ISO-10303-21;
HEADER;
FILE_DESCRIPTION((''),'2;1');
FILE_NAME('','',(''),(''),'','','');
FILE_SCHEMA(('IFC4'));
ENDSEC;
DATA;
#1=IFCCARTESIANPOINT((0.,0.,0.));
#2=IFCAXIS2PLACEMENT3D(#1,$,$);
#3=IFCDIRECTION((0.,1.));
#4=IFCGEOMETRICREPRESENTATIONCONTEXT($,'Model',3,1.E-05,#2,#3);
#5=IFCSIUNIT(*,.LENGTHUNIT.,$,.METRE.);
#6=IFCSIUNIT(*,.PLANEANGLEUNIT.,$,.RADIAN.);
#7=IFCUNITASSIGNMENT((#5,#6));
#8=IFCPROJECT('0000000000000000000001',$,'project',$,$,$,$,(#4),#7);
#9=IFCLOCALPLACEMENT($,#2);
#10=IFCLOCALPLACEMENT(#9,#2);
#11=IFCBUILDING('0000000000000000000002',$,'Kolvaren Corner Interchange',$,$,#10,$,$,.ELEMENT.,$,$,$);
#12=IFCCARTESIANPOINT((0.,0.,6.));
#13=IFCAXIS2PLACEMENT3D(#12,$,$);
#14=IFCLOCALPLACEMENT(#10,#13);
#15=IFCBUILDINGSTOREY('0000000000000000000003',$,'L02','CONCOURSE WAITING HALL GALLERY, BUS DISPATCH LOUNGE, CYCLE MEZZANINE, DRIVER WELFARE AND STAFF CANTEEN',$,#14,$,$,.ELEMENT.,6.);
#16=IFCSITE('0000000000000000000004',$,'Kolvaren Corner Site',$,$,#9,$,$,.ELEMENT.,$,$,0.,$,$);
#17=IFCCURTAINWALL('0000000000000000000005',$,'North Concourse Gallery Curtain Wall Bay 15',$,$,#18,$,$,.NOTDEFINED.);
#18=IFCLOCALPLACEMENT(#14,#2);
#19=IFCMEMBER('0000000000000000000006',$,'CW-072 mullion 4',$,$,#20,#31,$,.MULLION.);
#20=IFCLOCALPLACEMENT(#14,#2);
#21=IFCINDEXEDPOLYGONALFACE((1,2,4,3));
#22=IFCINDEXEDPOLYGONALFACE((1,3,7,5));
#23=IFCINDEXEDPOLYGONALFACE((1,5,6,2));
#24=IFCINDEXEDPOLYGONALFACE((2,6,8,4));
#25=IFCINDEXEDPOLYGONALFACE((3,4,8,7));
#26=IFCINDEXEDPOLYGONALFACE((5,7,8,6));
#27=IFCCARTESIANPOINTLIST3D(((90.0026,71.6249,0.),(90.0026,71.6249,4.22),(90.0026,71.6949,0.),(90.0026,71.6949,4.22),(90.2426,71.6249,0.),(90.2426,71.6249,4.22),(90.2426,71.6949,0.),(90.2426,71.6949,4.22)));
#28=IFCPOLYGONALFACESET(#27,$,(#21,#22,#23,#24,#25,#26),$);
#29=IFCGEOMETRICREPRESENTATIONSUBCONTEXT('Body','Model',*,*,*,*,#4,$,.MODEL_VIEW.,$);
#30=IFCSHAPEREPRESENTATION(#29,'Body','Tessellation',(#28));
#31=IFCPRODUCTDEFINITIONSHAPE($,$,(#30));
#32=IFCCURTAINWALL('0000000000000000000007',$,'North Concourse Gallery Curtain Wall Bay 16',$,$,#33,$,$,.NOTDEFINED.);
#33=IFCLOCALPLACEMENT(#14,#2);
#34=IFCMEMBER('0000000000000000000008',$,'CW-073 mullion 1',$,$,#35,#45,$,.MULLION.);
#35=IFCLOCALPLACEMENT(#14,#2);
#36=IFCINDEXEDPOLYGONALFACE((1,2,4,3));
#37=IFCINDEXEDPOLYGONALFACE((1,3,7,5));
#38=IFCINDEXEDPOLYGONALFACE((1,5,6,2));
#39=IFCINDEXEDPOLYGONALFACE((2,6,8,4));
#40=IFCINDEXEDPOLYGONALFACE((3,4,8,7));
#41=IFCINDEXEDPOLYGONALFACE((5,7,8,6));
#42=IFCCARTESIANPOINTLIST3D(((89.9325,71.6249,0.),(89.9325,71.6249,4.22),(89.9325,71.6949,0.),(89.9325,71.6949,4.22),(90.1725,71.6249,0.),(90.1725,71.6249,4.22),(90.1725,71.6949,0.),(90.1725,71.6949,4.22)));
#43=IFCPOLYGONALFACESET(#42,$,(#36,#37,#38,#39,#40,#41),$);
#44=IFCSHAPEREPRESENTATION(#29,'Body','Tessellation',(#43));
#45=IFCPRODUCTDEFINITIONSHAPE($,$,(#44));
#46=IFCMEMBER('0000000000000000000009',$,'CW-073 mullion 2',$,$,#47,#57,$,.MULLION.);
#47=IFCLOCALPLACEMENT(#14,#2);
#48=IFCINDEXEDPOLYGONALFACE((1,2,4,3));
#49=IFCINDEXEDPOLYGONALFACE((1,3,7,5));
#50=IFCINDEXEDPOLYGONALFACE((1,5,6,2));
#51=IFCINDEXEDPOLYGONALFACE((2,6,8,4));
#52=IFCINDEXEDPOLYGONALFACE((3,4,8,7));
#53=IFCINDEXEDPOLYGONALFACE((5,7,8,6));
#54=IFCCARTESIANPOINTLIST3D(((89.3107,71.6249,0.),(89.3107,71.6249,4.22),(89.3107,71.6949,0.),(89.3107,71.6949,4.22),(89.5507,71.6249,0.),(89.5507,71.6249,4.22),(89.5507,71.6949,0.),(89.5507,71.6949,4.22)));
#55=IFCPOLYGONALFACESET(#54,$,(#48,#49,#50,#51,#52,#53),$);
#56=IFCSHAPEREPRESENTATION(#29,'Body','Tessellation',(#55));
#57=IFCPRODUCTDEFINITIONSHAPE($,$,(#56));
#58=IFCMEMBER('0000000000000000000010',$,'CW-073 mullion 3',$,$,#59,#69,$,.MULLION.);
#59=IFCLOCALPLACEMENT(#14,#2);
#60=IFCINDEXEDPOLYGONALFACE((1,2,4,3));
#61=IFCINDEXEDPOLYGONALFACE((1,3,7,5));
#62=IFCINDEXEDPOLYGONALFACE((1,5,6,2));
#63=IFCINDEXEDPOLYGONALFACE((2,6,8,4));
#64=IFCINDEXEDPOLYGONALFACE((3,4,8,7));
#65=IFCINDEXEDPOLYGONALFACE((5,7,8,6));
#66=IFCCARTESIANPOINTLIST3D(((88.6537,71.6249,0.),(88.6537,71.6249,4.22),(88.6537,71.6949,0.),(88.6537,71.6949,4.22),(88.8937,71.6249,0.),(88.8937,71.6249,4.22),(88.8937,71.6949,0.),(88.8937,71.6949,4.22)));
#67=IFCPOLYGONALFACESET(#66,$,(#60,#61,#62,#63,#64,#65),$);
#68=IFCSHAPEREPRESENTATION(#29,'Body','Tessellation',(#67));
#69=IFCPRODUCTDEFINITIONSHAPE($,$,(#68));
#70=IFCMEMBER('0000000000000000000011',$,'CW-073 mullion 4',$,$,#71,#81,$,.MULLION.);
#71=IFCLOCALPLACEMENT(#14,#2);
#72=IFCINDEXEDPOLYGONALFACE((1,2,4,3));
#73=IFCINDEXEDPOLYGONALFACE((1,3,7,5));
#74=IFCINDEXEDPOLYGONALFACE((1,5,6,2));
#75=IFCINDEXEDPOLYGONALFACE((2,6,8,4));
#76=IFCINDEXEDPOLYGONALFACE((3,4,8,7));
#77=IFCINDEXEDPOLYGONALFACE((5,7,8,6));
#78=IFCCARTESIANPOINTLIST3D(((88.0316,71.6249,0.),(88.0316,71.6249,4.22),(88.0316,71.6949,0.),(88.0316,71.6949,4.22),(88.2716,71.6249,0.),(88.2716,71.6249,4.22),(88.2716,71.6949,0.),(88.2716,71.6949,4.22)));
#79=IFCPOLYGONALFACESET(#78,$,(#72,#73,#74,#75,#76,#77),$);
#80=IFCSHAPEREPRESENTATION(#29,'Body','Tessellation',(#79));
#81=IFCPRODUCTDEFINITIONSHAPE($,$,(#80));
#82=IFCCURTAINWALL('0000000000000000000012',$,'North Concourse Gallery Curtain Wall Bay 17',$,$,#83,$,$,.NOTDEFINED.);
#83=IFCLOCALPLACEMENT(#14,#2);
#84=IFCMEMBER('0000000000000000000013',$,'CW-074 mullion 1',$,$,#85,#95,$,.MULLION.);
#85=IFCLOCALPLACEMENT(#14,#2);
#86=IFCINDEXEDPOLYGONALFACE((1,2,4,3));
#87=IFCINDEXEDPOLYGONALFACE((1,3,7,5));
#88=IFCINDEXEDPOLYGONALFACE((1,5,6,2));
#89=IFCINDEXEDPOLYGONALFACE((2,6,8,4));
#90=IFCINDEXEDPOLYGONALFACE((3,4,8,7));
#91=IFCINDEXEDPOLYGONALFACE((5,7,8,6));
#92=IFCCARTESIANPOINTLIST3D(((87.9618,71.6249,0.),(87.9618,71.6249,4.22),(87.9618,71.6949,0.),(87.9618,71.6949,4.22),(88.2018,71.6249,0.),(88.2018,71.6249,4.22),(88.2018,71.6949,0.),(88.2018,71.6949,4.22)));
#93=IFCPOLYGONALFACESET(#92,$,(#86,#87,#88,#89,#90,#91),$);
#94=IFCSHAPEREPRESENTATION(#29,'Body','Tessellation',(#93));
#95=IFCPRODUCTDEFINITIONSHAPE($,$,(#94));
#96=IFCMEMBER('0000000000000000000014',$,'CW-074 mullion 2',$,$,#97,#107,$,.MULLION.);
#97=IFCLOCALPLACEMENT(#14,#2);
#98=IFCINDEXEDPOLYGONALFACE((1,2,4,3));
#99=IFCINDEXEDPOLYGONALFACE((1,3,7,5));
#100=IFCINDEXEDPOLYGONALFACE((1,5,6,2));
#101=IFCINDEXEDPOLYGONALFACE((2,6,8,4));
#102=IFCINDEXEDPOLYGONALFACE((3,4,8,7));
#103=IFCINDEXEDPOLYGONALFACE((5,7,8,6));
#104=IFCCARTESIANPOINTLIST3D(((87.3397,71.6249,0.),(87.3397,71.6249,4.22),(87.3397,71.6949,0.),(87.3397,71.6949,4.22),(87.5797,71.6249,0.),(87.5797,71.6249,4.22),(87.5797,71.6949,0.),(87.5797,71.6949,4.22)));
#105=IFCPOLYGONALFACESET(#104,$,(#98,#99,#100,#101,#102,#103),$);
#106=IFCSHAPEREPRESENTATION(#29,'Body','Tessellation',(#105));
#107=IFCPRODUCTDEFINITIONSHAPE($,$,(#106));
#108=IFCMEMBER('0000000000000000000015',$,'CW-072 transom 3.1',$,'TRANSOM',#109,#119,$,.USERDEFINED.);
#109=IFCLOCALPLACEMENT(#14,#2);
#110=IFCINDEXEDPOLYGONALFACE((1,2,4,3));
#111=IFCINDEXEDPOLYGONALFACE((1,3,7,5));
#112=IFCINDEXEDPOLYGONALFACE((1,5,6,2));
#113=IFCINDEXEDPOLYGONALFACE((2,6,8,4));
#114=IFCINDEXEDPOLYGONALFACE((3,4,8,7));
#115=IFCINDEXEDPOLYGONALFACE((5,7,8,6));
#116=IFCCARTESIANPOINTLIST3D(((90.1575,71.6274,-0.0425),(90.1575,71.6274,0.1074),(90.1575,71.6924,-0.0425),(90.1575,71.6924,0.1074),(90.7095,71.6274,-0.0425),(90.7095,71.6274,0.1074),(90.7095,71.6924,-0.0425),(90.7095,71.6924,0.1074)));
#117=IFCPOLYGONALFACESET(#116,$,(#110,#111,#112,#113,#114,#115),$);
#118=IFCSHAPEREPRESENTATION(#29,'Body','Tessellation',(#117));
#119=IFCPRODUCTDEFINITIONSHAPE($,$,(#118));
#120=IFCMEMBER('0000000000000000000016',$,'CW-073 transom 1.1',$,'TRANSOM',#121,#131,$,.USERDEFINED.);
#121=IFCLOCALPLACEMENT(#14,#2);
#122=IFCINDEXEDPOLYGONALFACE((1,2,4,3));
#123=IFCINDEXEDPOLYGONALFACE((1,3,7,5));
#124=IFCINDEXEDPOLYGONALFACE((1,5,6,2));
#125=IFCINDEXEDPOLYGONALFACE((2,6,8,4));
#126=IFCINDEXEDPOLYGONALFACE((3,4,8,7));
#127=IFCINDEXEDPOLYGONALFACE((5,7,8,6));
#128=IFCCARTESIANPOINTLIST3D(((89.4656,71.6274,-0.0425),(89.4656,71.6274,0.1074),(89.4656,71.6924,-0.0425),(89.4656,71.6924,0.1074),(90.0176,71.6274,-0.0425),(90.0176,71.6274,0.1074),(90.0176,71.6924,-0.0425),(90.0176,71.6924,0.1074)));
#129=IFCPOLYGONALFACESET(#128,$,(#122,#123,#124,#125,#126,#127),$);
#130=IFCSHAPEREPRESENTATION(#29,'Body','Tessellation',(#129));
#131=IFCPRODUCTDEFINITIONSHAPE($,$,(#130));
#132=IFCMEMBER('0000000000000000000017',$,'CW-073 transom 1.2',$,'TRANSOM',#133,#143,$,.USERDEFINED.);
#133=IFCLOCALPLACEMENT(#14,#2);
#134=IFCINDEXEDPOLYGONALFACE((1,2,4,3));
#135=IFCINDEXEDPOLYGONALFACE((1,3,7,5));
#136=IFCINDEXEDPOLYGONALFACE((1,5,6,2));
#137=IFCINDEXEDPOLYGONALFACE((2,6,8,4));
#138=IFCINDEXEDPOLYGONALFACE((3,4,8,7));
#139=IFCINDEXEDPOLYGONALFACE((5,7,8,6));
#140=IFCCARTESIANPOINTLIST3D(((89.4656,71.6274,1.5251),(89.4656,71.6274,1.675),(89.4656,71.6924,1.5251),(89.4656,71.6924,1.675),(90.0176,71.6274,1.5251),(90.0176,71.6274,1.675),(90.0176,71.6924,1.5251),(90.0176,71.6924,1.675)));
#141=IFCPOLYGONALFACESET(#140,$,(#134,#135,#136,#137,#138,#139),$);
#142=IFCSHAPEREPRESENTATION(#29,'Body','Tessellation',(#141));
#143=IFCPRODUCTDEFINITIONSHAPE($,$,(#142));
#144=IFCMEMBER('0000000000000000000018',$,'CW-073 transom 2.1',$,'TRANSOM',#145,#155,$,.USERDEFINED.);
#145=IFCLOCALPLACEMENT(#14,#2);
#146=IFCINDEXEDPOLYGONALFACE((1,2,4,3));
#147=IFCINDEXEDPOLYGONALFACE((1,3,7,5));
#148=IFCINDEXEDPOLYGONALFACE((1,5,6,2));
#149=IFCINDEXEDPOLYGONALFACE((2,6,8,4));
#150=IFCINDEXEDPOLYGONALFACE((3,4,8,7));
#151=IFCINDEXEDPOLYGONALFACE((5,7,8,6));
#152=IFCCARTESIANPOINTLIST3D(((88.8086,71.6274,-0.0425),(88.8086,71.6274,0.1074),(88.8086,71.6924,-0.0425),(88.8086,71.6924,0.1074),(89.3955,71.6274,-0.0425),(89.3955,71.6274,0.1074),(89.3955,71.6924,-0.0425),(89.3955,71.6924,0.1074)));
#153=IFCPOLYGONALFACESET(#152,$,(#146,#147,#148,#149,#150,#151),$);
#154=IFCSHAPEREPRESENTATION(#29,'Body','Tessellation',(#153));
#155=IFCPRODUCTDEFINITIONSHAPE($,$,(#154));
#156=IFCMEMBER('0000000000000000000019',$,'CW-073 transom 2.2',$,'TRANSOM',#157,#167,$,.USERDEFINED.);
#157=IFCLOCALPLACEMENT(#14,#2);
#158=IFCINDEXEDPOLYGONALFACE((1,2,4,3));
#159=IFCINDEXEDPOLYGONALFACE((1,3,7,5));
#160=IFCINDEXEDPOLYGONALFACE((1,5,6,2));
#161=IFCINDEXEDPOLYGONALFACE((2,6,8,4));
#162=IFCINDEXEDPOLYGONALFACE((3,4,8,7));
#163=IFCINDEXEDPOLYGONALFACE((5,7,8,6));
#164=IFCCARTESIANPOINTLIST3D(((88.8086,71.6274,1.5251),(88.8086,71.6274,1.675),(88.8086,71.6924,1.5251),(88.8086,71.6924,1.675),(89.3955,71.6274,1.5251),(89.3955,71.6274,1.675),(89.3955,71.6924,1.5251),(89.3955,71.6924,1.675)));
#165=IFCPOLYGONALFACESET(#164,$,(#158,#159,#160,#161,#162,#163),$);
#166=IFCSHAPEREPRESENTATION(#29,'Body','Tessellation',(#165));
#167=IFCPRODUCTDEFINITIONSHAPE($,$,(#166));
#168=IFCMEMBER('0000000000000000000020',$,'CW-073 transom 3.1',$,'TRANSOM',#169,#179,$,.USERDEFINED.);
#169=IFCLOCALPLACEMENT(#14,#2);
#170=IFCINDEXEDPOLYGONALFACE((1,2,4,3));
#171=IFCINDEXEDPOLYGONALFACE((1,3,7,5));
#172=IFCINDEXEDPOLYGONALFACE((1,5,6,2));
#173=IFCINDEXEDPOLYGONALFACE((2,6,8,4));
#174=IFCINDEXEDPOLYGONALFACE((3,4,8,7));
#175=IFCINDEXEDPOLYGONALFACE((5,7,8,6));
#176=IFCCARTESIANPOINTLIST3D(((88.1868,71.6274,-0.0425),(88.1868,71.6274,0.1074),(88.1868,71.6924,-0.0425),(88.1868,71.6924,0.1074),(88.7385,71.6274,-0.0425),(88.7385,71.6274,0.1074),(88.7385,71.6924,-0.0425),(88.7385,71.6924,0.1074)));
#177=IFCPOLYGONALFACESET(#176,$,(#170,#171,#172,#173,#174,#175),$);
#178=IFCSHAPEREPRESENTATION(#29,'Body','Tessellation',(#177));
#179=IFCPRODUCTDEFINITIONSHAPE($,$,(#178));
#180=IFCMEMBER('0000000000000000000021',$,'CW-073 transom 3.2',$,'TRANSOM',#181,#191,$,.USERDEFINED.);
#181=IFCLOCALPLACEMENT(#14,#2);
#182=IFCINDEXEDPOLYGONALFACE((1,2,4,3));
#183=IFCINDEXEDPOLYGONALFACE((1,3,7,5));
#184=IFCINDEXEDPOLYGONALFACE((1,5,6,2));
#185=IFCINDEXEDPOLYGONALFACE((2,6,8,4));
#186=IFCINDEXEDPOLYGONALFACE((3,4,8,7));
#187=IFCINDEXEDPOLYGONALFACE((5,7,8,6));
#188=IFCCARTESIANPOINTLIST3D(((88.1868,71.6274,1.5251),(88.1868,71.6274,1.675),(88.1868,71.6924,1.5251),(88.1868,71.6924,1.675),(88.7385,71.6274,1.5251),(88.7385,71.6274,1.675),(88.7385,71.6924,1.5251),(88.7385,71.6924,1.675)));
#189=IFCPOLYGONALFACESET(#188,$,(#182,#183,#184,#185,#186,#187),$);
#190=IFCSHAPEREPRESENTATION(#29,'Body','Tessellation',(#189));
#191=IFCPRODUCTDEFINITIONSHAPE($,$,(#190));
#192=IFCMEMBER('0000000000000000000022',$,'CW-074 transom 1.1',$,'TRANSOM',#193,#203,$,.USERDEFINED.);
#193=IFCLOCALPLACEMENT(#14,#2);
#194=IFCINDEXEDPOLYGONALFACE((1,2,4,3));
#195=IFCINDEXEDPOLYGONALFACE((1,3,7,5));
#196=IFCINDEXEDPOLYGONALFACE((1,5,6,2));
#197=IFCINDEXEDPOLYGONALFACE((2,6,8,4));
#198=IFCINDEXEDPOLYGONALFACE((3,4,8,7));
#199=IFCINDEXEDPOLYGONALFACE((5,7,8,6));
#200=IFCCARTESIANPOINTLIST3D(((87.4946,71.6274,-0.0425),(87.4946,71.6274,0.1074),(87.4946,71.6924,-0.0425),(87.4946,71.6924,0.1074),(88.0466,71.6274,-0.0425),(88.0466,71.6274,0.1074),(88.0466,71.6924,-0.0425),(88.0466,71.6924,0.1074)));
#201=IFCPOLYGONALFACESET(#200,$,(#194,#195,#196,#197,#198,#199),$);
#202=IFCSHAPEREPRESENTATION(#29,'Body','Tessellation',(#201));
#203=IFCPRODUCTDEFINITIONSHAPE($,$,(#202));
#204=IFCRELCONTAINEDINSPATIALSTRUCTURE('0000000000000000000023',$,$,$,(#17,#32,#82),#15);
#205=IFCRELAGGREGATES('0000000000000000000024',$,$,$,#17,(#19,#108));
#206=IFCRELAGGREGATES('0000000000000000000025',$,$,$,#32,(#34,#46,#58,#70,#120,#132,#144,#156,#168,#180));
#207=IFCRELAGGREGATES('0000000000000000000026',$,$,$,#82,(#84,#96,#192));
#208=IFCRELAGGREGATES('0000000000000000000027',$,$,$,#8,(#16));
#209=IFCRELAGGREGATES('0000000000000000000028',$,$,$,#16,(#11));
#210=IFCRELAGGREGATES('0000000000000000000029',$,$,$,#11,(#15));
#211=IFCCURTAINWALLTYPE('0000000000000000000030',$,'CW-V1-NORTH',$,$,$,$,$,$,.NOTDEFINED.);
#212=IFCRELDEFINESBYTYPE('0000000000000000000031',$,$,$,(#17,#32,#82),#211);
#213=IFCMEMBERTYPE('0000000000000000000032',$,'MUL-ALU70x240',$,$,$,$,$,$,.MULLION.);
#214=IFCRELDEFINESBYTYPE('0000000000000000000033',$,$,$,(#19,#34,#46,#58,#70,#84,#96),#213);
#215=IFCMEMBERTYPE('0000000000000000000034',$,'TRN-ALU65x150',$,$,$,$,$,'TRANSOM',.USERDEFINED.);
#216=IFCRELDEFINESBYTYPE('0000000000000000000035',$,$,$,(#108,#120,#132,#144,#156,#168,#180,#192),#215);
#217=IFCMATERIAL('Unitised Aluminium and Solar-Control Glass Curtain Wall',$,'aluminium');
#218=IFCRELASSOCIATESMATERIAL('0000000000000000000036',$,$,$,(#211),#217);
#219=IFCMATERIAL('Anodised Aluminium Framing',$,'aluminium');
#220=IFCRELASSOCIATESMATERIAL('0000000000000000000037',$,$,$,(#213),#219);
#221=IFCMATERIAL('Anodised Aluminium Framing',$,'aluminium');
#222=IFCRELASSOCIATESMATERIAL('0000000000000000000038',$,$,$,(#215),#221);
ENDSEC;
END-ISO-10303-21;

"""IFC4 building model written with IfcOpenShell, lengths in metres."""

from ifc_helpers import new_model, si_unit, direction, frame, origin, origin_2d, place, context, subcontext, project, spatial, rectangle, extrude, material, material_profile, profile_set, type_object, element, aggregate, save


model = new_model("IFC4")

# Units and contexts
model_context = context("Model", 3, precision=1e-05, world=origin(), true_north=direction((0.0, 1.0)))
body_context = subcontext(model_context, "Body", "Model", "MODEL_VIEW")
ifc_project = project(units=[si_unit("LENGTHUNIT", "METRE"), si_unit("PLANEANGLEUNIT", "RADIAN")], contexts=[model_context])

# Site, building, storey
site_placement = place(None, origin())
site = spatial("IfcSite", under=ifc_project, at=site_placement, Name="Kolvaren Corner Site", CompositionType="ELEMENT", RefElevation=0.0)
building_placement = place(site_placement, origin())
building = spatial("IfcBuilding", under=site, at=building_placement, Name="Kolvaren Corner Interchange", CompositionType="ELEMENT")
storey_placement = place(building_placement, frame((0.0, 0.0, 6.0)))
storey = spatial("IfcBuildingStorey", under=building, at=storey_placement, Name="L02", Description="CONCOURSE WAITING HALL GALLERY, BUS DISPATCH LOUNGE, CYCLE MEZZANINE, DRIVER WELFARE AND STAFF CANTEEN", CompositionType="ELEMENT", Elevation=6.0)

# Curtain wall, member
ifc_material_1 = material(Name="Unitised Aluminium and Solar-Control Glass Curtain Wall", Category="aluminium")
curtain_wall_type = type_object("IfcCurtainWallType", Name="CW-V1-NORTH", PredefinedType="NOTDEFINED", material=ifc_material_1)
curtain_wall_1_placement = place(storey_placement, origin())
curtain_wall_1 = element("IfcCurtainWall", 1, at=curtain_wall_1_placement, inside=storey, type_object=curtain_wall_type, Name="North Concourse Gallery Curtain Wall Bay 15", PredefinedType="NOTDEFINED")
ifc_material_2 = material(Name="Anodised Aluminium Framing", Category="aluminium")
ifc_material_profile_1 = material_profile(ifc_material_2, rectangle(XDim=0.0701, YDim=0.24, at=origin_2d()), Name="ALU 70x240")
ifc_profile_set_1 = profile_set([ifc_material_profile_1], Name="Anodised Aluminium Framing")
member_type_1 = type_object("IfcMemberType", Name="MUL-ALU70x240", PredefinedType="MULLION", material=ifc_profile_set_1)
member_1_placement = place(storey_placement, frame((90.1226, 71.6599, 0.0), z_axis=(0.0, 0.0, 1.0), x_axis=(0.0, -1.0, 0.0)))
member_1 = element("IfcMember", 2, at=member_1_placement, type_object=member_type_1, Name="CW-072 mullion 4", PredefinedType="MULLION", context=body_context, shape_type="SweptSolid", body=[
    extrude(rectangle(XDim=0.0701, YDim=0.24, at=origin_2d()), origin(), (0.0, 0.0, 1.0), 4.22),
])

# Curtain walls, members
curtain_wall_2_placement = place(storey_placement, origin())
curtain_wall_2 = element("IfcCurtainWall", 3, at=curtain_wall_2_placement, inside=storey, type_object=curtain_wall_type, Name="North Concourse Gallery Curtain Wall Bay 16", PredefinedType="NOTDEFINED")
member_2_placement = place(storey_placement, frame((90.0525, 71.6599, 0.0), z_axis=(0.0, 0.0, 1.0), x_axis=(0.0, -1.0, 0.0)))
member_2 = element("IfcMember", 4, at=member_2_placement, type_object=member_type_1, Name="CW-073 mullion 1", PredefinedType="MULLION", context=body_context, shape_type="SweptSolid", body=[
    extrude(rectangle(XDim=0.0701, YDim=0.24, at=origin_2d()), origin(), (0.0, 0.0, 1.0), 4.22),
])
member_3_placement = place(storey_placement, frame((89.4307, 71.6599, 0.0), z_axis=(0.0, 0.0, 1.0), x_axis=(0.0, -1.0, 0.0)))
member_3 = element("IfcMember", 5, at=member_3_placement, type_object=member_type_1, Name="CW-073 mullion 2", PredefinedType="MULLION", context=body_context, shape_type="SweptSolid", body=[
    extrude(rectangle(XDim=0.0701, YDim=0.24, at=origin_2d()), origin(), (0.0, 0.0, 1.0), 4.22),
])
member_4_placement = place(storey_placement, frame((88.7737, 71.6599, 0.0), z_axis=(0.0, 0.0, 1.0), x_axis=(0.0, -1.0, 0.0)))
member_4 = element("IfcMember", 6, at=member_4_placement, type_object=member_type_1, Name="CW-073 mullion 3", PredefinedType="MULLION", context=body_context, shape_type="SweptSolid", body=[
    extrude(rectangle(XDim=0.0701, YDim=0.24, at=origin_2d()), origin(), (0.0, 0.0, 1.0), 4.22),
])
member_5_placement = place(storey_placement, frame((88.1516, 71.6599, 0.0), z_axis=(0.0, 0.0, 1.0), x_axis=(0.0, -1.0, 0.0)))
member_5 = element("IfcMember", 7, at=member_5_placement, type_object=member_type_1, Name="CW-073 mullion 4", PredefinedType="MULLION", context=body_context, shape_type="SweptSolid", body=[
    extrude(rectangle(XDim=0.0701, YDim=0.24, at=origin_2d()), origin(), (0.0, 0.0, 1.0), 4.22),
])
curtain_wall_3_placement = place(storey_placement, origin())
curtain_wall_3 = element("IfcCurtainWall", 8, at=curtain_wall_3_placement, inside=storey, type_object=curtain_wall_type, Name="North Concourse Gallery Curtain Wall Bay 17", PredefinedType="NOTDEFINED")
member_6_placement = place(storey_placement, frame((88.0818, 71.6599, 0.0), z_axis=(0.0, 0.0, 1.0), x_axis=(0.0, -1.0, 0.0)))
member_6 = element("IfcMember", 9, at=member_6_placement, type_object=member_type_1, Name="CW-074 mullion 1", PredefinedType="MULLION", context=body_context, shape_type="SweptSolid", body=[
    extrude(rectangle(XDim=0.0701, YDim=0.24, at=origin_2d()), origin(), (0.0, 0.0, 1.0), 4.22),
])
member_7_placement = place(storey_placement, frame((87.4597, 71.6599, 0.0), z_axis=(0.0, 0.0, 1.0), x_axis=(0.0, -1.0, 0.0)))
member_7 = element("IfcMember", 10, at=member_7_placement, type_object=member_type_1, Name="CW-074 mullion 2", PredefinedType="MULLION", context=body_context, shape_type="SweptSolid", body=[
    extrude(rectangle(XDim=0.0701, YDim=0.24, at=origin_2d()), origin(), (0.0, 0.0, 1.0), 4.22),
])

# Members
ifc_material_3 = material(Name="Anodised Aluminium Framing", Category="aluminium")
ifc_material_profile_2 = material_profile(ifc_material_3, rectangle(XDim=0.0649, YDim=0.1499, at=origin_2d()), Name="ALU 65x150")
ifc_profile_set_2 = profile_set([ifc_material_profile_2], Name="Anodised Aluminium Framing")
member_type_2 = type_object("IfcMemberType", Name="TRN-ALU65x150", ElementType="TRANSOM", PredefinedType="USERDEFINED", material=ifc_profile_set_2)
member_8_placement = place(storey_placement, frame((90.7095, 71.6599, 0.0325), z_axis=(-1.0, 0.0, 0.0), x_axis=(0.0, -1.0, 0.0)))
member_8 = element("IfcMember", 11, at=member_8_placement, type_object=member_type_2, Name="CW-072 transom 3.1", ObjectType="TRANSOM", PredefinedType="USERDEFINED", context=body_context, shape_type="SweptSolid", body=[
    extrude(rectangle(XDim=0.0649, YDim=0.1499, at=origin_2d()), origin(), (0.0, 0.0, 1.0), 0.552),
])
member_9_placement = place(storey_placement, frame((90.0176, 71.6599, 0.0325), z_axis=(-1.0, 0.0, 0.0), x_axis=(0.0, -1.0, 0.0)))
member_9 = element("IfcMember", 12, at=member_9_placement, type_object=member_type_2, Name="CW-073 transom 1.1", ObjectType="TRANSOM", PredefinedType="USERDEFINED", context=body_context, shape_type="SweptSolid", body=[
    extrude(rectangle(XDim=0.0649, YDim=0.1499, at=origin_2d()), origin(), (0.0, 0.0, 1.0), 0.552),
])
member_10_placement = place(storey_placement, frame((90.0176, 71.6599, 1.6001), z_axis=(-1.0, 0.0, 0.0), x_axis=(0.0, -1.0, 0.0)))
member_10 = element("IfcMember", 13, at=member_10_placement, type_object=member_type_2, Name="CW-073 transom 1.2", ObjectType="TRANSOM", PredefinedType="USERDEFINED", context=body_context, shape_type="SweptSolid", body=[
    extrude(rectangle(XDim=0.0649, YDim=0.1499, at=origin_2d()), origin(), (0.0, 0.0, 1.0), 0.552),
])
member_11_placement = place(storey_placement, frame((89.3955, 71.6599, 0.0325), z_axis=(-1.0, 0.0, 0.0), x_axis=(0.0, -1.0, 0.0)))
member_11 = element("IfcMember", 14, at=member_11_placement, type_object=member_type_2, Name="CW-073 transom 2.1", ObjectType="TRANSOM", PredefinedType="USERDEFINED", context=body_context, shape_type="SweptSolid", body=[
    extrude(rectangle(XDim=0.0649, YDim=0.1499, at=origin_2d()), origin(), (0.0, 0.0, 1.0), 0.5869),
])
member_12_placement = place(storey_placement, frame((89.3955, 71.6599, 1.6001), z_axis=(-1.0, 0.0, 0.0), x_axis=(0.0, -1.0, 0.0)))
member_12 = element("IfcMember", 15, at=member_12_placement, type_object=member_type_2, Name="CW-073 transom 2.2", ObjectType="TRANSOM", PredefinedType="USERDEFINED", context=body_context, shape_type="SweptSolid", body=[
    extrude(rectangle(XDim=0.0649, YDim=0.1499, at=origin_2d()), origin(), (0.0, 0.0, 1.0), 0.5869),
])
member_13_placement = place(storey_placement, frame((88.7385, 71.6599, 0.0325), z_axis=(-1.0, 0.0, 0.0), x_axis=(0.0, -1.0, 0.0)))
member_13 = element("IfcMember", 16, at=member_13_placement, type_object=member_type_2, Name="CW-073 transom 3.1", ObjectType="TRANSOM", PredefinedType="USERDEFINED", context=body_context, shape_type="SweptSolid", body=[
    extrude(rectangle(XDim=0.0649, YDim=0.1499, at=origin_2d()), origin(), (0.0, 0.0, 1.0), 0.5518),
])
member_14_placement = place(storey_placement, frame((88.7385, 71.6599, 1.6001), z_axis=(-1.0, 0.0, 0.0), x_axis=(0.0, -1.0, 0.0)))
member_14 = element("IfcMember", 17, at=member_14_placement, type_object=member_type_2, Name="CW-073 transom 3.2", ObjectType="TRANSOM", PredefinedType="USERDEFINED", context=body_context, shape_type="SweptSolid", body=[
    extrude(rectangle(XDim=0.0649, YDim=0.1499, at=origin_2d()), origin(), (0.0, 0.0, 1.0), 0.5518),
])
member_15_placement = place(storey_placement, frame((88.0466, 71.6599, 0.0325), z_axis=(-1.0, 0.0, 0.0), x_axis=(0.0, -1.0, 0.0)))
member_15 = element("IfcMember", 18, at=member_15_placement, type_object=member_type_2, Name="CW-074 transom 1.1", ObjectType="TRANSOM", PredefinedType="USERDEFINED", context=body_context, shape_type="SweptSolid", body=[
    extrude(rectangle(XDim=0.0649, YDim=0.1499, at=origin_2d()), origin(), (0.0, 0.0, 1.0), 0.552),
])

aggregate(curtain_wall_1, [member_1, member_8])
aggregate(curtain_wall_2, [member_2, member_3, member_4, member_5, member_9, member_10, member_11, member_12, member_13, member_14])
aggregate(curtain_wall_3, [member_6, member_7, member_15])

save(model, "model.ifc")
